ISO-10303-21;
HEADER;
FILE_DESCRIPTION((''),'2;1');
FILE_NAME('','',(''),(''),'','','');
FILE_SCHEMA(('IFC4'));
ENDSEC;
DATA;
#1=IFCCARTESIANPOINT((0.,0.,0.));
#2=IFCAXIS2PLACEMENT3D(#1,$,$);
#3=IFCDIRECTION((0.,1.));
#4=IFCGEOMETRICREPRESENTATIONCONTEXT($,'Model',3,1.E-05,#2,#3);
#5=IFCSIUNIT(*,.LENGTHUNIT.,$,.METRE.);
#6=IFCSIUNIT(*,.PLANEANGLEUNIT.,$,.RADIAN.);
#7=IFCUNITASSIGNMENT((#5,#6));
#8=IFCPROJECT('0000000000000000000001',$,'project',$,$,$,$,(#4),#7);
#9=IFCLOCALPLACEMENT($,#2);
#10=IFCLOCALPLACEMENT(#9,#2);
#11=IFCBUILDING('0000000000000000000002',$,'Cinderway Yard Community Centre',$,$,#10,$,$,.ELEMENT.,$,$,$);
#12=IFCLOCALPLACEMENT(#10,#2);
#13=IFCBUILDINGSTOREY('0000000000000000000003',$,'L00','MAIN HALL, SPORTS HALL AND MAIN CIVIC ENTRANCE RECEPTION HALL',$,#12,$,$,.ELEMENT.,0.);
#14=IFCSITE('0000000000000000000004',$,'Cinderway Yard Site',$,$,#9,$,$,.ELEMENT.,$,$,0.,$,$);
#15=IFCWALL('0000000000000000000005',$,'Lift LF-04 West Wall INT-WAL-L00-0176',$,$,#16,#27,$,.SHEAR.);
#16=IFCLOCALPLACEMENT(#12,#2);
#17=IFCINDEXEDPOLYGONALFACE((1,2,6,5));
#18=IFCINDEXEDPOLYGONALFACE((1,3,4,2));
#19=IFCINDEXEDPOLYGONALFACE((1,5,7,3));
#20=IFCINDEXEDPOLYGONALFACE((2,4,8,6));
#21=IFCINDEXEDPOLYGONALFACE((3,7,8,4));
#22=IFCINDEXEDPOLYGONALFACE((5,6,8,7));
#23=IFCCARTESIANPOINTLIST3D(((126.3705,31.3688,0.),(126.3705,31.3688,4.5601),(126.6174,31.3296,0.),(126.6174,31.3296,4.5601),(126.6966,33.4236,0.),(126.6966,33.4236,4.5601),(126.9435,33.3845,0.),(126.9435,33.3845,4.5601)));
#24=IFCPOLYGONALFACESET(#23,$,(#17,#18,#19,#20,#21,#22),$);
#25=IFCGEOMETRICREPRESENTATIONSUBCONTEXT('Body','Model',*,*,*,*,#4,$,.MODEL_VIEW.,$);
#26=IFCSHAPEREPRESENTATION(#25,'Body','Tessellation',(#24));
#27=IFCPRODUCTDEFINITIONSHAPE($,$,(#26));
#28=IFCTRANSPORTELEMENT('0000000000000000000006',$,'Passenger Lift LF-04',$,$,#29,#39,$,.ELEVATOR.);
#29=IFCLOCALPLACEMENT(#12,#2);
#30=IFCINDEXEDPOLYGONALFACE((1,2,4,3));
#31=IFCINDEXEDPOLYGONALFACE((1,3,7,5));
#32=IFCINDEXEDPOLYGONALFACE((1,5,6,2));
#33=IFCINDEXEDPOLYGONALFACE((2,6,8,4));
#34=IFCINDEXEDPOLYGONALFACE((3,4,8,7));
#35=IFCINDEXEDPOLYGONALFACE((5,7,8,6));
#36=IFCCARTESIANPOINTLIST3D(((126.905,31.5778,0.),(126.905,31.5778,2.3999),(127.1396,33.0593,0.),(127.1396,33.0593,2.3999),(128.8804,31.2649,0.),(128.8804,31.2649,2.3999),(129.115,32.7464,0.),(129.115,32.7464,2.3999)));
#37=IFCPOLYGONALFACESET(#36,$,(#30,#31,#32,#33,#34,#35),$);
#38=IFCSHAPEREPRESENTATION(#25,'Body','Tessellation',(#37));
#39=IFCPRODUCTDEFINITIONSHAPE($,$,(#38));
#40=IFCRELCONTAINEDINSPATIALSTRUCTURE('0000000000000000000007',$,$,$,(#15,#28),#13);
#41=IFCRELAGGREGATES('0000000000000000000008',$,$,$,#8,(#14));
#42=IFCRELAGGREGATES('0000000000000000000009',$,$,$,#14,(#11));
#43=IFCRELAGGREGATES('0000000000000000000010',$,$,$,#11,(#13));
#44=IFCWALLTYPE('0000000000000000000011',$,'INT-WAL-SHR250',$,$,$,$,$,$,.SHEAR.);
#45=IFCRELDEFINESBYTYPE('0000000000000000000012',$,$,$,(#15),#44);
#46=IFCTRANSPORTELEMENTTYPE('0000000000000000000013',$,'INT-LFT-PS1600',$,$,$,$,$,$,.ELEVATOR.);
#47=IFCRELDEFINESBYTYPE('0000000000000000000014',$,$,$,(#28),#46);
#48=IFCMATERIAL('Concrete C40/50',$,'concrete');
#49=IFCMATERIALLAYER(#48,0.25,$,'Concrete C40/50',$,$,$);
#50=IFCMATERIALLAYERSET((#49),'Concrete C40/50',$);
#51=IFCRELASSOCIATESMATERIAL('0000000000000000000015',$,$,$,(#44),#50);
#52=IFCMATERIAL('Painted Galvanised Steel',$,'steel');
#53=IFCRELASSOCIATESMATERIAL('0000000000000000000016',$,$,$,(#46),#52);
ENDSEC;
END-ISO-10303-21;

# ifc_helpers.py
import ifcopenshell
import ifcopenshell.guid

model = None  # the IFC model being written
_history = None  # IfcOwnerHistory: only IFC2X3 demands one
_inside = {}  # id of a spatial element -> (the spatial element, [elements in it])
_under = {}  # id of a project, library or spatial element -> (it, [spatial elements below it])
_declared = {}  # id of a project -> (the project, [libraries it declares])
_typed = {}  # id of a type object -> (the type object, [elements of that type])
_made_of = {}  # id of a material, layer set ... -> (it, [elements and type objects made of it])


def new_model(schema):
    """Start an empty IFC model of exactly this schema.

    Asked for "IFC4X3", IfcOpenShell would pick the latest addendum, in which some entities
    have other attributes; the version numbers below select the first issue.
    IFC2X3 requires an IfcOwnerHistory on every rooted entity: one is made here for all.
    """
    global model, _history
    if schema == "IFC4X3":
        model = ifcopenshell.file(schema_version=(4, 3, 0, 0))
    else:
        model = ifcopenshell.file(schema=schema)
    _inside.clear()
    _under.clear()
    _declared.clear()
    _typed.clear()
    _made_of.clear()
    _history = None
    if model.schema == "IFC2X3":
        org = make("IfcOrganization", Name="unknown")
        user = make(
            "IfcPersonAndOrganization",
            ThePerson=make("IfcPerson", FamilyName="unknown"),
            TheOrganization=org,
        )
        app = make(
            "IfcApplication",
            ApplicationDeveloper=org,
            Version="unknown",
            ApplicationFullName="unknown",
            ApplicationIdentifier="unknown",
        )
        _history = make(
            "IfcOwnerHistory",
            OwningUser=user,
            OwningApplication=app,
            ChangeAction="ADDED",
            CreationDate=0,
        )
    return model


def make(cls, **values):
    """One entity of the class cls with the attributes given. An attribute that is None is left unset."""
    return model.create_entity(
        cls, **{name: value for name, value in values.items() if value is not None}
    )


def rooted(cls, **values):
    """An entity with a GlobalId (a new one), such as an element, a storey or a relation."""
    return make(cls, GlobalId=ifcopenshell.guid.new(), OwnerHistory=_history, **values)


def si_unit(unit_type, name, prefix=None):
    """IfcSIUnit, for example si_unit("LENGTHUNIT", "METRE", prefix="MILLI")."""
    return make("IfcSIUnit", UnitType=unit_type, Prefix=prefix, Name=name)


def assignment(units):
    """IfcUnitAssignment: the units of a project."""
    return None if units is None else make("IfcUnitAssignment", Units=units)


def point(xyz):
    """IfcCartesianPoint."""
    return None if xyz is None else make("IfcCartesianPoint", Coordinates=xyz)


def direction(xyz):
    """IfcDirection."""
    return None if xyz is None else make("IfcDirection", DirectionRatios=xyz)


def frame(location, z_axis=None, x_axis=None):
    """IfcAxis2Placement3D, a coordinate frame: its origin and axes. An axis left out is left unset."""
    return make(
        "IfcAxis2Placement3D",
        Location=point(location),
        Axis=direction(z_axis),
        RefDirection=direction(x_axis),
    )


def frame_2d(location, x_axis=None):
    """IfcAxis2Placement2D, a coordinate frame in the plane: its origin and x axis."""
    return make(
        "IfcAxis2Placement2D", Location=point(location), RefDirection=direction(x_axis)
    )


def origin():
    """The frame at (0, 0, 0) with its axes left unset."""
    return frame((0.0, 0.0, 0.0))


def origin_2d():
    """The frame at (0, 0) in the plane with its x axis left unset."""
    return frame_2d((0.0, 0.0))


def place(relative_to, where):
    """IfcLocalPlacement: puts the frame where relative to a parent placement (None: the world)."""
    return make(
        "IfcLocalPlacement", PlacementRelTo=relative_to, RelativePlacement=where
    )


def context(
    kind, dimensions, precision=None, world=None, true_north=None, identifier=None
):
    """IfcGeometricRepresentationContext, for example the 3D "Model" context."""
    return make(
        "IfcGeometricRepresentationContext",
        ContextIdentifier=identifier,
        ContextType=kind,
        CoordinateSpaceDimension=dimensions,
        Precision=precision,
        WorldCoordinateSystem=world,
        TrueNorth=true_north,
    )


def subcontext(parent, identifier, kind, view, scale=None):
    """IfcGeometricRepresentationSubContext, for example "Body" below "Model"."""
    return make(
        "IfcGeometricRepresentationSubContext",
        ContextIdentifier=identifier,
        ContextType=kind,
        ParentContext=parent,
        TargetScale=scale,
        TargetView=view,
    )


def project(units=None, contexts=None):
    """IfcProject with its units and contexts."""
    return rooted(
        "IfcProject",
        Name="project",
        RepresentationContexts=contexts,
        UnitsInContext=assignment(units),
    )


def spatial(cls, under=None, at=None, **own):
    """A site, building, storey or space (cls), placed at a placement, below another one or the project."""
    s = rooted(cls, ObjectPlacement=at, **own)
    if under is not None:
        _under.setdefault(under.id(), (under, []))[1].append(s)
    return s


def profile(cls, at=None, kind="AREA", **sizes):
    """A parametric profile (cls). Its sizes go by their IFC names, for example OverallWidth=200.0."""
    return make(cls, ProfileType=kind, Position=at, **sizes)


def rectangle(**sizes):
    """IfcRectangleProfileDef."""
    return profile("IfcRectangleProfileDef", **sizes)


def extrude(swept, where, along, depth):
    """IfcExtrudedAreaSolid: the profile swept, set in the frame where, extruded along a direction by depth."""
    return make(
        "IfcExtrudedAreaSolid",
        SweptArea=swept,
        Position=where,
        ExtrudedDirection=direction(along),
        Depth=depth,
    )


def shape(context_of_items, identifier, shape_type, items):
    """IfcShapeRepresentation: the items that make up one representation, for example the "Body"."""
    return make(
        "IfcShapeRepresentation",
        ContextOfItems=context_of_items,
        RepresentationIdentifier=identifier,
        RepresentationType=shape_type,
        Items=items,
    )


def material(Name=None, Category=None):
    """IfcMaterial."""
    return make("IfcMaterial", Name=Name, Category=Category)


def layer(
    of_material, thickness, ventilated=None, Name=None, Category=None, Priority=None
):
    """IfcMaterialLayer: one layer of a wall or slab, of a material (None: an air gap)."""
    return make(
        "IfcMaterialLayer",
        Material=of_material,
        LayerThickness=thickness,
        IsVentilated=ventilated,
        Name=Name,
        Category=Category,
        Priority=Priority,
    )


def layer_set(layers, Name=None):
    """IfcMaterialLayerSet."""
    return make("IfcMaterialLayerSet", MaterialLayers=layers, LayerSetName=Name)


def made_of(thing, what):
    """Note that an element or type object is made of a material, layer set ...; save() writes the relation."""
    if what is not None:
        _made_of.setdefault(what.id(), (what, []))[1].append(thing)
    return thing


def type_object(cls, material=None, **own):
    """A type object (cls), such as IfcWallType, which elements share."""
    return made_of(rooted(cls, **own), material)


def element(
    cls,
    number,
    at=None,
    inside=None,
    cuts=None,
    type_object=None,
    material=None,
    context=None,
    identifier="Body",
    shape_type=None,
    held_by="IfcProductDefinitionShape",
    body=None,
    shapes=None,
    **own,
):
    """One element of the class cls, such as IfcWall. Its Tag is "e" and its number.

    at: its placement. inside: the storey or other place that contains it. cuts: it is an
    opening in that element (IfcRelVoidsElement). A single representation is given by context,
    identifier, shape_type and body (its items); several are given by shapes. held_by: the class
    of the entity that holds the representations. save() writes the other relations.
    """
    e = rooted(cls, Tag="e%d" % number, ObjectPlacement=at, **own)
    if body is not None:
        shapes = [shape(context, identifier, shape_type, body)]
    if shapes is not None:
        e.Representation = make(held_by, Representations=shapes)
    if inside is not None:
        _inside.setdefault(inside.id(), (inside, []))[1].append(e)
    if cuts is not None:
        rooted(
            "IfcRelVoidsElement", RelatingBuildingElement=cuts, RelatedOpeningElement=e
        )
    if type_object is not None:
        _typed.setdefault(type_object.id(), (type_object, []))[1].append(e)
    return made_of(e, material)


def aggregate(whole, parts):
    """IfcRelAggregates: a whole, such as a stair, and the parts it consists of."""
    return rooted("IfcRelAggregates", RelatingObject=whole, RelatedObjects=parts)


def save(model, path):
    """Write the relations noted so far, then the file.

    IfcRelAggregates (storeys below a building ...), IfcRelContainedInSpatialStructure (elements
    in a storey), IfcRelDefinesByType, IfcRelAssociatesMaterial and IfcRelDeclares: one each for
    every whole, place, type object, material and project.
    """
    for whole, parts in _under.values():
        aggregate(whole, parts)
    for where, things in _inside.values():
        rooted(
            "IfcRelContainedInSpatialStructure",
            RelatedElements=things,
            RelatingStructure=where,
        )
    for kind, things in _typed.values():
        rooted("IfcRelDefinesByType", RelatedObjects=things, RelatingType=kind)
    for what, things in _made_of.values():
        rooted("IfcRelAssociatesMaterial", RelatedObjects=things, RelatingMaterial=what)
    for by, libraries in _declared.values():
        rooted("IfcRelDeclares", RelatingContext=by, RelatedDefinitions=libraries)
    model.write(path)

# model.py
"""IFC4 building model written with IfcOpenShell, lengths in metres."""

from ifc_helpers import new_model, si_unit, direction, frame, frame_2d, origin, origin_2d, place, context, subcontext, project, spatial, rectangle, extrude, material, layer, layer_set, type_object, element, save


model = new_model("IFC4")

# Units and contexts
model_context = context("Model", 3, precision=1e-05, world=origin(), true_north=direction((0.0, 1.0)))
body_context = subcontext(model_context, "Body", "Model", "MODEL_VIEW")
ifc_project = project(units=[si_unit("LENGTHUNIT", "METRE"), si_unit("PLANEANGLEUNIT", "RADIAN")], contexts=[model_context])

# Site, building, storey
site_placement = place(None, origin())
site = spatial("IfcSite", under=ifc_project, at=site_placement, Name="Cinderway Yard Site", CompositionType="ELEMENT", RefElevation=0.0)
building_placement = place(site_placement, origin())
building = spatial("IfcBuilding", under=site, at=building_placement, Name="Cinderway Yard Community Centre", CompositionType="ELEMENT")
storey_placement = place(building_placement, origin())
storey = spatial("IfcBuildingStorey", under=building, at=storey_placement, Name="L00", Description="MAIN HALL, SPORTS HALL AND MAIN CIVIC ENTRANCE RECEPTION HALL", CompositionType="ELEMENT", Elevation=0.0)

# Shared definitions
ifc_material_1 = material(Name="Concrete C40/50", Category="concrete")

# Shared definitions
ifc_layer_1 = layer(ifc_material_1, 0.25, Name="Concrete C40/50")
ifc_layer_set_1 = layer_set([ifc_layer_1], Name="Concrete C40/50")
wall_type_1 = type_object("IfcWallType", Name="INT-WAL-SHR250", PredefinedType="SHEAR", material=ifc_layer_set_1)

# Shared definitions
ifc_material_2 = material(Name="Painted Galvanised Steel", Category="steel")

# Wall
wall_1_placement = place(storey_placement, frame((126.8201, 33.4041, 0.0), z_axis=(0.0, 0.0, 1.0), x_axis=(-0.156764, -0.987636, 0.0)))
element("IfcWall", 1, at=wall_1_placement, inside=storey, type_object=wall_type_1, Name="Lift LF-04 West Wall INT-WAL-L00-0176", PredefinedType="SHEAR", context=body_context, shape_type="SweptSolid", body=[
    extrude(rectangle(XDim=2.0806, YDim=0.25, at=frame_2d((1.0403, 0.0))), origin(), (0.0, 0.0, 1.0), 4.5601),
])

# Transport element
transport_element_type = type_object("IfcTransportElementType", Name="INT-LFT-PS1600", PredefinedType="ELEVATOR", material=ifc_material_2)
transport_element_placement = place(storey_placement, frame((128.01, 32.1621, 0.0), z_axis=(0.0, 0.0, 1.0), x_axis=(0.987688, -0.156434, 0.0)))
element("IfcTransportElement", 2, at=transport_element_placement, inside=storey, type_object=transport_element_type, Name="Passenger Lift LF-04", PredefinedType="ELEVATOR", context=body_context, shape_type="SweptSolid", body=[
    extrude(rectangle(XDim=2.0, YDim=1.5, at=origin_2d()), origin(), (0.0, 0.0, 1.0), 2.3999),
])

save(model, "model.ifc")
